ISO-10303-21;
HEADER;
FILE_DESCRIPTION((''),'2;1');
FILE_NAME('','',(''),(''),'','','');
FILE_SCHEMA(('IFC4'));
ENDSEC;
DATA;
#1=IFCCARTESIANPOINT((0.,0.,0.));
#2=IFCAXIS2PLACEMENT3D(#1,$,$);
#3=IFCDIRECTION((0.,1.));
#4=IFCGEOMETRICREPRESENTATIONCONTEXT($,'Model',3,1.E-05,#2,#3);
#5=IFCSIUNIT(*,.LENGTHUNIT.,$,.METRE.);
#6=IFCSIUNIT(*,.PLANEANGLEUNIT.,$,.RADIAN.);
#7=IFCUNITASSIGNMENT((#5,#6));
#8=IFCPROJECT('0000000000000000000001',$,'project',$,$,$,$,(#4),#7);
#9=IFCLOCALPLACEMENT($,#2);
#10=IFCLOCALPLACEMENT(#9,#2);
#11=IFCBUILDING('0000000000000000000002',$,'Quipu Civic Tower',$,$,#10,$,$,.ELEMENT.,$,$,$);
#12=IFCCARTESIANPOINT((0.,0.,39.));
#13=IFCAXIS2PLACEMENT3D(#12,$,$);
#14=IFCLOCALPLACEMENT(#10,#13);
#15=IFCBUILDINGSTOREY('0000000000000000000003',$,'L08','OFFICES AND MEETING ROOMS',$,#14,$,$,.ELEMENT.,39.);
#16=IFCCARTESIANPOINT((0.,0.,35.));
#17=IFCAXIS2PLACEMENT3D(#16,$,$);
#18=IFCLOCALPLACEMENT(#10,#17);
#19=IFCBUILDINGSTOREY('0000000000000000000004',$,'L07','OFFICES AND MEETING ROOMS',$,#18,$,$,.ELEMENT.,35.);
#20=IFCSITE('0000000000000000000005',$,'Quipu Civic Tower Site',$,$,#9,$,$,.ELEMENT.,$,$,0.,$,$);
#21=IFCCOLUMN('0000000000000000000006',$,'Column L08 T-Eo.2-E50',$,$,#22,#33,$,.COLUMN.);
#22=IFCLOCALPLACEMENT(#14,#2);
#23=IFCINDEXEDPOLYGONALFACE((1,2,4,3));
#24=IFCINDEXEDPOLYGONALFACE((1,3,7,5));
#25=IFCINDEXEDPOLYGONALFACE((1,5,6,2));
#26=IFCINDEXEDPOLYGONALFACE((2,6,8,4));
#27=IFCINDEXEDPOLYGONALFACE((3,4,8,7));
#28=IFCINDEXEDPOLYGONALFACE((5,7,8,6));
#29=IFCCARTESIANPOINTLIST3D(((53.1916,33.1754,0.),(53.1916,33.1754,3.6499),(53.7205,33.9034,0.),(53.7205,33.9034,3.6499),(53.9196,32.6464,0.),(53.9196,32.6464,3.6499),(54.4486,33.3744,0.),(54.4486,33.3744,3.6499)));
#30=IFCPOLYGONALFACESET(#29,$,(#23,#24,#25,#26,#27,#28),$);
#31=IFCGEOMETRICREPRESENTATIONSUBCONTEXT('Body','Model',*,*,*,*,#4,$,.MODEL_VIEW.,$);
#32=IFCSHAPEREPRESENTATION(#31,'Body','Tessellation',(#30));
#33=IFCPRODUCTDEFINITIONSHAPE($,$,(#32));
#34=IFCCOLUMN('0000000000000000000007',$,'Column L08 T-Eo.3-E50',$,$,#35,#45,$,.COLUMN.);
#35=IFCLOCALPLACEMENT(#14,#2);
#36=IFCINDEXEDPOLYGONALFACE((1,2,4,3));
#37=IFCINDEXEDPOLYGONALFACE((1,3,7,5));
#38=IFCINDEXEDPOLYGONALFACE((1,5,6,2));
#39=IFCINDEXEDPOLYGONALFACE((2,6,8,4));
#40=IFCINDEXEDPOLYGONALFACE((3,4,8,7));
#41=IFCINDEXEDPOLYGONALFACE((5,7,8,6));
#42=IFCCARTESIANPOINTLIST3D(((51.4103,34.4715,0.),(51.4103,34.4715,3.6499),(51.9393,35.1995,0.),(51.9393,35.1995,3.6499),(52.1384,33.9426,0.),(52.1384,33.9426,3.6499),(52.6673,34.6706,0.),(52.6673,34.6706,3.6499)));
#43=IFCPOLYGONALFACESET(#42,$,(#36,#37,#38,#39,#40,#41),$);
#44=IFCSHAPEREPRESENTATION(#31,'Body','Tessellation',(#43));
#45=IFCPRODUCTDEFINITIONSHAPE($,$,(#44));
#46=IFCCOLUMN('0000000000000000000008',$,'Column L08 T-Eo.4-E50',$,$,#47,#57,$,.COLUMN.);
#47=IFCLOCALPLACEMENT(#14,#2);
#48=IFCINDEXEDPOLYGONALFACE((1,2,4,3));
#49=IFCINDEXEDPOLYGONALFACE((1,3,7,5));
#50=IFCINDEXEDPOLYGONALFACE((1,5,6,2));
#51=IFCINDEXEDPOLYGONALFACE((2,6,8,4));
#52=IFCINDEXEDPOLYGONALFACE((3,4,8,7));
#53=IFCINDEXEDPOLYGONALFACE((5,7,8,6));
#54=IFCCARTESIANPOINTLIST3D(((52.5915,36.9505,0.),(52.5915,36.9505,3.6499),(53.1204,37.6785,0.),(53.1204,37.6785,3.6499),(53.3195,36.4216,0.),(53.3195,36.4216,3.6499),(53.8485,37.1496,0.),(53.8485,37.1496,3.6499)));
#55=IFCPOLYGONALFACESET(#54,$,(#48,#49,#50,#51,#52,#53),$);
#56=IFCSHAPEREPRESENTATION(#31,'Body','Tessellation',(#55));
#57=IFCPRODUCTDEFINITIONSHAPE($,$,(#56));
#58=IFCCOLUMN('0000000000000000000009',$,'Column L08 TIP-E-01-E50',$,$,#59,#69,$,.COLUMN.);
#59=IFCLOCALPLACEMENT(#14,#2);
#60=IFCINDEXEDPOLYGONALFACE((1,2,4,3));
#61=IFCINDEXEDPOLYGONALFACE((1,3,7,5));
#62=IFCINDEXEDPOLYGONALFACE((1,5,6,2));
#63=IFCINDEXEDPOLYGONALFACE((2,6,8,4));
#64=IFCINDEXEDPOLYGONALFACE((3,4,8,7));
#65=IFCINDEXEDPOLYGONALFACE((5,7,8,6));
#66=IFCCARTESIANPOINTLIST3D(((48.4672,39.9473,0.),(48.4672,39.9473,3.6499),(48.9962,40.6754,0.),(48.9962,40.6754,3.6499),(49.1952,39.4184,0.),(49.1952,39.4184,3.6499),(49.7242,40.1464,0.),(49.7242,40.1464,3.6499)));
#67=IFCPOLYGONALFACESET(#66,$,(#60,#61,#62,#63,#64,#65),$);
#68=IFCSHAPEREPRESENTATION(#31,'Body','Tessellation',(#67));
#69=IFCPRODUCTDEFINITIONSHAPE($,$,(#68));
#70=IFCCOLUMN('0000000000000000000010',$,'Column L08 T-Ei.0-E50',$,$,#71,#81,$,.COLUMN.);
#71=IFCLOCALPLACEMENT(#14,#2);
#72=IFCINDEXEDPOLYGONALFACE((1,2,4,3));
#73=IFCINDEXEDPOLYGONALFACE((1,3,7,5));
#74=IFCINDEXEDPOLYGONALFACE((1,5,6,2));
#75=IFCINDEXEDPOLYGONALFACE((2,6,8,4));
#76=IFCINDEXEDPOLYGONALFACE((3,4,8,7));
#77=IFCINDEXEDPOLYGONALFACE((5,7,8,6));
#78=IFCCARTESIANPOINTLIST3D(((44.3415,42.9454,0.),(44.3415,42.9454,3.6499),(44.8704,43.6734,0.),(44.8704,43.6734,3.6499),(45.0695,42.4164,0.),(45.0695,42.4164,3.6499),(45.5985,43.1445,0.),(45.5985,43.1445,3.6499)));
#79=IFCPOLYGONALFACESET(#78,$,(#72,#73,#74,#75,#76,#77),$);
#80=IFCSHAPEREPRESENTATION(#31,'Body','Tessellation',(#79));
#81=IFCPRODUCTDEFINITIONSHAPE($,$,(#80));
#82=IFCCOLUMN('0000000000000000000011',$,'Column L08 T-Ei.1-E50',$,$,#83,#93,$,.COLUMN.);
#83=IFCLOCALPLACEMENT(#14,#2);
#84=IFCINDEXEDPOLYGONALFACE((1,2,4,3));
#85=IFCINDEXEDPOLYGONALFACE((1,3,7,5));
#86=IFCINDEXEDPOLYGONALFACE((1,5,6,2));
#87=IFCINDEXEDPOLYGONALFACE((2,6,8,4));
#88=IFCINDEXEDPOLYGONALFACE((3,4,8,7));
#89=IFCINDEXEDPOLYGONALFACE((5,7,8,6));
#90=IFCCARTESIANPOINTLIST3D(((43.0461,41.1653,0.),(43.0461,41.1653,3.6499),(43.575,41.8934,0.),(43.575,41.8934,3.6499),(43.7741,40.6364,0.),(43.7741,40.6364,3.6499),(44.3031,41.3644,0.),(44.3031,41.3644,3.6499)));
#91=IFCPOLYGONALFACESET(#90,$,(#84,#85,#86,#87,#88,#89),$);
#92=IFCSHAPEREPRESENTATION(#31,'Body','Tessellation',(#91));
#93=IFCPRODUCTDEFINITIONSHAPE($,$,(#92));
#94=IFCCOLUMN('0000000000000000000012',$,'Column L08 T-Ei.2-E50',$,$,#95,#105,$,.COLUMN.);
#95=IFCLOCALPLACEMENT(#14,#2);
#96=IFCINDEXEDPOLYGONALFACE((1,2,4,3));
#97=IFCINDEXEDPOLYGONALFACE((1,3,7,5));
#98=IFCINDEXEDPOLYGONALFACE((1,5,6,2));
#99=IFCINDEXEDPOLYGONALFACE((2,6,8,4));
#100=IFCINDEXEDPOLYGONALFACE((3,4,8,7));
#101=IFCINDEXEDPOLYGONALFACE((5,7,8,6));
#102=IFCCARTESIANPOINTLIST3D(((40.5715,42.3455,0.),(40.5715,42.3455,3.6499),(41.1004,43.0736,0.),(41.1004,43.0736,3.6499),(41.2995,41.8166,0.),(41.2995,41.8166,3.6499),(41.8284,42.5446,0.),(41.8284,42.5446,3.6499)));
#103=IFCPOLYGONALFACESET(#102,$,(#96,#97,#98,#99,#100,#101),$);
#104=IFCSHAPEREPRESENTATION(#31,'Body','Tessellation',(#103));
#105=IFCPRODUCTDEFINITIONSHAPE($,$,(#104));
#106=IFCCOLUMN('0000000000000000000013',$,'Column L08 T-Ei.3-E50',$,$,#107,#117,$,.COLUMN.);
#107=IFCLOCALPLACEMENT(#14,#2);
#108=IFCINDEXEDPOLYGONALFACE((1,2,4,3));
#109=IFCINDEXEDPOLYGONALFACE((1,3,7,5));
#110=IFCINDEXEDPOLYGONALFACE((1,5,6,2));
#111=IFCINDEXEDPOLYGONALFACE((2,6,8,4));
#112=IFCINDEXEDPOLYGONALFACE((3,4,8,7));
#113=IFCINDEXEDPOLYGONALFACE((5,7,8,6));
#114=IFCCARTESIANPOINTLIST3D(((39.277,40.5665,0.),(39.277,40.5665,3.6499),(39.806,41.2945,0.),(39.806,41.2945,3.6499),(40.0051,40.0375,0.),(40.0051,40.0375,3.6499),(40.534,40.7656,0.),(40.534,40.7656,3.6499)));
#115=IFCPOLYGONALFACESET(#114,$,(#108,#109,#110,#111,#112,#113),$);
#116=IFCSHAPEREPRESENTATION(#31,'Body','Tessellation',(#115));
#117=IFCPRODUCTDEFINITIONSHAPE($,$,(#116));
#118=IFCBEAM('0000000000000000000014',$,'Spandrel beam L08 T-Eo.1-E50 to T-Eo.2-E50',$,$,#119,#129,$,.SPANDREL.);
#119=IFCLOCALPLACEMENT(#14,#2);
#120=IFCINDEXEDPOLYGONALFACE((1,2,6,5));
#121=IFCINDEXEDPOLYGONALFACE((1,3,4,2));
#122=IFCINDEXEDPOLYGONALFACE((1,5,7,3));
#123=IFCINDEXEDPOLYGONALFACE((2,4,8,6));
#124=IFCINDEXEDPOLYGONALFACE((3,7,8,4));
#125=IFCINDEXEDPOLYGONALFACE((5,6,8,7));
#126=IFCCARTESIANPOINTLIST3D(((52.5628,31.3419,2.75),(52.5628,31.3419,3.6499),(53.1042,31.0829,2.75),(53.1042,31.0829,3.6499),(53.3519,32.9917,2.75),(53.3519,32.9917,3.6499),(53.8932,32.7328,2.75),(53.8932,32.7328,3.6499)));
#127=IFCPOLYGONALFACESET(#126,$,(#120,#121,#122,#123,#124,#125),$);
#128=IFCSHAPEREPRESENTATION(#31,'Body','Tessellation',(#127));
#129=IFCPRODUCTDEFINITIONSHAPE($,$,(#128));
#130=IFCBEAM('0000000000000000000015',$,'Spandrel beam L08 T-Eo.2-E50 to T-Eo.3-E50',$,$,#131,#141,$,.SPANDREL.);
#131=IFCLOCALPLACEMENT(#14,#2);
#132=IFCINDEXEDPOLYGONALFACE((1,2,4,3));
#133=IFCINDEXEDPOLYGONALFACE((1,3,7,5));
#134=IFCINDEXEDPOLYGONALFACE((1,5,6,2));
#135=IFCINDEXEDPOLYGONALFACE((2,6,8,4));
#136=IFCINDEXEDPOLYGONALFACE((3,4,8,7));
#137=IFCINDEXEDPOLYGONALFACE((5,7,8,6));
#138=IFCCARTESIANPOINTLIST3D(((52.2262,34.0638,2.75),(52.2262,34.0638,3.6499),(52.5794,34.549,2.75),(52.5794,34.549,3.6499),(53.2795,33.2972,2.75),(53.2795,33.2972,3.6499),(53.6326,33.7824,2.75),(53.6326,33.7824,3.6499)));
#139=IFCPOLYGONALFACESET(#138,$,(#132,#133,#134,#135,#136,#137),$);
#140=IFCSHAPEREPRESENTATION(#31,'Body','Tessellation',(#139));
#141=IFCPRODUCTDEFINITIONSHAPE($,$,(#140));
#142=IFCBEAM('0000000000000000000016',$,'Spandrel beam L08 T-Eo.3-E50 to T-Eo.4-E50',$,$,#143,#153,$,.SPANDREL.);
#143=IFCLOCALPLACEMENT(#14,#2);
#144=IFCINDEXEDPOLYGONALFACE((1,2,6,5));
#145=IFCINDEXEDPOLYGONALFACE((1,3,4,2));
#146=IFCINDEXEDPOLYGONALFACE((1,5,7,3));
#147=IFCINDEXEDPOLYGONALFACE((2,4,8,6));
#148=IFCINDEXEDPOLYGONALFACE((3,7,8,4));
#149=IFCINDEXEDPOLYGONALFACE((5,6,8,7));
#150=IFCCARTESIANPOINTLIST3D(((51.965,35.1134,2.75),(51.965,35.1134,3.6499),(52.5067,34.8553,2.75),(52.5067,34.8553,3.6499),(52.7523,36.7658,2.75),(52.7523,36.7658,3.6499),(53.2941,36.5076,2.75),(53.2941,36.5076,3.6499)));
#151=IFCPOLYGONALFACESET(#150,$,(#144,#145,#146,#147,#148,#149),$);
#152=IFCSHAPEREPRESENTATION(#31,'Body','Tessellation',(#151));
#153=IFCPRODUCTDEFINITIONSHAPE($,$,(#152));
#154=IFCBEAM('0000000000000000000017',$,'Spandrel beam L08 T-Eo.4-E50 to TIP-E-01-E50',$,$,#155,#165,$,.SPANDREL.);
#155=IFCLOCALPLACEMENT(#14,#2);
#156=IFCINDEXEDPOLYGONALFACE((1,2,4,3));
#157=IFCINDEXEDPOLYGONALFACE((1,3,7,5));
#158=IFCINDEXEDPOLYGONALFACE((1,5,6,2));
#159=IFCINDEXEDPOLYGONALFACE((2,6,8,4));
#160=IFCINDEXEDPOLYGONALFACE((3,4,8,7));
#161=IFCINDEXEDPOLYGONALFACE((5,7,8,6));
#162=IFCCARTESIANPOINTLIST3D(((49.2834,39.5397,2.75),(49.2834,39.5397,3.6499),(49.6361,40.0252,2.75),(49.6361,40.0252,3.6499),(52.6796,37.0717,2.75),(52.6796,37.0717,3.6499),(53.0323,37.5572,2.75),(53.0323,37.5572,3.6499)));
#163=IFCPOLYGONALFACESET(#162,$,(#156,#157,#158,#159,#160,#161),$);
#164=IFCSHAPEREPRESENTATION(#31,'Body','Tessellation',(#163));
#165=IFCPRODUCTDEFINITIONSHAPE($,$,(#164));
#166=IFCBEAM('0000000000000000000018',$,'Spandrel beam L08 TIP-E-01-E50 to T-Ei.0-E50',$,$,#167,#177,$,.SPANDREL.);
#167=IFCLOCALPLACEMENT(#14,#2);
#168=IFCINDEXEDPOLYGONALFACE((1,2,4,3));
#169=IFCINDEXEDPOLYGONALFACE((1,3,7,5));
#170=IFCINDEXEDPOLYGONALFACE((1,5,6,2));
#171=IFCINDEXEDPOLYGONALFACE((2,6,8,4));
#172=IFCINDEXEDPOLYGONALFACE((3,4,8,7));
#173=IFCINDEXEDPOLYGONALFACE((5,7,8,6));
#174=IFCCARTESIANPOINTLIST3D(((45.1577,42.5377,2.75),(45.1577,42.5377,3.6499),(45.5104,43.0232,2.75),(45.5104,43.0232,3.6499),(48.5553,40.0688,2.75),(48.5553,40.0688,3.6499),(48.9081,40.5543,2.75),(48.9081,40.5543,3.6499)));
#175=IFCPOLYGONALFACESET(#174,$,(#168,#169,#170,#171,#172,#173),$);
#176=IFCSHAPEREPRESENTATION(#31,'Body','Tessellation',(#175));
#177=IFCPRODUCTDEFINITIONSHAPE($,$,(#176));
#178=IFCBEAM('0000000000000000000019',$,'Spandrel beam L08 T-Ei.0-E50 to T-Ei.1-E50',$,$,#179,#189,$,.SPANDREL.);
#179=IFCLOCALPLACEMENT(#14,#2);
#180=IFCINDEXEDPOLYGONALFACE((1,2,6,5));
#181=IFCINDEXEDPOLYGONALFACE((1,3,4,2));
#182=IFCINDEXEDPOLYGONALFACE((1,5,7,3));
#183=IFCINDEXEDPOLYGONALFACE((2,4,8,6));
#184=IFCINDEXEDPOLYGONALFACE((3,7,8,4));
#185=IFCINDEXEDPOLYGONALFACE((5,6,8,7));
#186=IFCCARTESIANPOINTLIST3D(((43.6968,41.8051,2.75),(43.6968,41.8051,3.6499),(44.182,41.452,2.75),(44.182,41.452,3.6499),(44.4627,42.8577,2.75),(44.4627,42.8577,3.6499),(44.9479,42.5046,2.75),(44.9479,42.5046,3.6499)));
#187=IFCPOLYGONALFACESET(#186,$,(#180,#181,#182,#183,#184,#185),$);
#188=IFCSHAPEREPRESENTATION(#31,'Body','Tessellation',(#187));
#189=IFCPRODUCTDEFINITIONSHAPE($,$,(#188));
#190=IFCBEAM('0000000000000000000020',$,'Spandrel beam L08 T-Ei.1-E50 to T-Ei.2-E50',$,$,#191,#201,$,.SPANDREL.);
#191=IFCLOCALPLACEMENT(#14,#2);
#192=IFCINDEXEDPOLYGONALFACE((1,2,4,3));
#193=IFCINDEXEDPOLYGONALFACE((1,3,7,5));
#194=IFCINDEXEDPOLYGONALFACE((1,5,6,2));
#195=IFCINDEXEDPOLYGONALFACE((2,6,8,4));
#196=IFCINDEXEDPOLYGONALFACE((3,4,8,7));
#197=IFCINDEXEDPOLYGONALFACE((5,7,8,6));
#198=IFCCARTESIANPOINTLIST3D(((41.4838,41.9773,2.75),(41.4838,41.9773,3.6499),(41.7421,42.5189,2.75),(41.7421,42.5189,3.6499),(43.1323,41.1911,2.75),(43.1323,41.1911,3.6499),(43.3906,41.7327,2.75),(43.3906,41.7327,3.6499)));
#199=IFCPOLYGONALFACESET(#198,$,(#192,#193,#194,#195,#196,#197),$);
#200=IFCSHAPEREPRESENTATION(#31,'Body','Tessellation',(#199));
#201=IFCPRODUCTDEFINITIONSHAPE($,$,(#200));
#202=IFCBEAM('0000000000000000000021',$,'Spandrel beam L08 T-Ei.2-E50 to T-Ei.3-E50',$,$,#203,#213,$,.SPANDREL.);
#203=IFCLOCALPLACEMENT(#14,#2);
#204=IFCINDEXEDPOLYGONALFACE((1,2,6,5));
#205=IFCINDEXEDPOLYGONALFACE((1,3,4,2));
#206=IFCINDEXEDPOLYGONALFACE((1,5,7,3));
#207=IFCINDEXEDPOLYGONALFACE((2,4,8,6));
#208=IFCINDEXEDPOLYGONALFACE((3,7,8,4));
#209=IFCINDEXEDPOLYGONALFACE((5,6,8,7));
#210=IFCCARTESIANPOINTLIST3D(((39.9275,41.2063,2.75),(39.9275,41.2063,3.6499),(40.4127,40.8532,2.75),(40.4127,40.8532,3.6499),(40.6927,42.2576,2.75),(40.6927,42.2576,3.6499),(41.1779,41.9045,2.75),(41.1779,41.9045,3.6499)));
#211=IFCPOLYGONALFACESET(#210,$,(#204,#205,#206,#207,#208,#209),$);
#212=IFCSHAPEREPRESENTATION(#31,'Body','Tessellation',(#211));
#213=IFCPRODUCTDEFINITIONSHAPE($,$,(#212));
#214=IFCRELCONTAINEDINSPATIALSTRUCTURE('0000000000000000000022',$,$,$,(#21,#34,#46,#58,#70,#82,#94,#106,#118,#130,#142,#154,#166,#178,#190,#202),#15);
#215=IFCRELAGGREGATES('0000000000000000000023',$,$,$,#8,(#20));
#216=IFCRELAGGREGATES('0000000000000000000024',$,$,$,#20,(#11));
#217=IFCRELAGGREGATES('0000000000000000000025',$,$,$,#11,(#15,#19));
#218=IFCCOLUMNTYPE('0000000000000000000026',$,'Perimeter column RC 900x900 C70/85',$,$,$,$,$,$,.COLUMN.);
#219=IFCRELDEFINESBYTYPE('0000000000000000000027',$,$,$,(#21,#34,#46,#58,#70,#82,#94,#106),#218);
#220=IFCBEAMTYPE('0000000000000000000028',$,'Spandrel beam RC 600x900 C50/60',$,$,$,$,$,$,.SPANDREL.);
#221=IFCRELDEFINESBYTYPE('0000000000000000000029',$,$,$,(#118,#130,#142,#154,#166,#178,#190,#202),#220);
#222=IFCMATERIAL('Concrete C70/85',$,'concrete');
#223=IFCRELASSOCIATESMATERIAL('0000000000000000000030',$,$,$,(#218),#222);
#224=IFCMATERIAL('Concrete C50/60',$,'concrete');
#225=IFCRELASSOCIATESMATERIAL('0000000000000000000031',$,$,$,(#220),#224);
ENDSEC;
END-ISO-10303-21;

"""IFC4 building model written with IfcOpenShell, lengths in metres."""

from ifc_helpers import new_model, si_unit, direction, frame, origin, origin_2d, place, context, subcontext, project, spatial, rectangle, extrude, material, material_profile, profile_set, type_object, element, save


model = new_model("IFC4")

# Units and contexts
model_context = context("Model", 3, precision=1e-05, world=origin(), true_north=direction((0.0, 1.0)))
body_context = subcontext(model_context, "Body", "Model", "MODEL_VIEW")
ifc_project = project(units=[si_unit("LENGTHUNIT", "METRE"), si_unit("PLANEANGLEUNIT", "RADIAN")], contexts=[model_context])

# Site, building, storey
site_placement = place(None, origin())
site = spatial("IfcSite", under=ifc_project, at=site_placement, Name="Quipu Civic Tower Site", CompositionType="ELEMENT", RefElevation=0.0)
building_placement = place(site_placement, origin())
building = spatial("IfcBuilding", under=site, at=building_placement, Name="Quipu Civic Tower", CompositionType="ELEMENT")
storey_1_placement = place(building_placement, frame((0.0, 0.0, 39.0)))
storey_1 = spatial("IfcBuildingStorey", under=building, at=storey_1_placement, Name="L08", Description="OFFICES AND MEETING ROOMS", CompositionType="ELEMENT", Elevation=39.0)

# Columns
ifc_material_1 = material(Name="Concrete C70/85", Category="concrete")
ifc_material_profile_1 = material_profile(ifc_material_1, rectangle(XDim=0.8999, YDim=0.8999, at=origin_2d()), Name="RC900x900")
ifc_profile_set_1 = profile_set([ifc_material_profile_1], Name="Concrete C70/85")
column_type = type_object("IfcColumnType", Name="Perimeter column RC 900x900 C70/85", PredefinedType="COLUMN", material=ifc_profile_set_1)
for number, where, z_axis, x_axis, name in (
    (1, (53.8201, 33.2749, 0.0), (0.0, 0.0, 1.0), (-0.809017, 0.587785, 0.0), "Column L08 T-Eo.2-E50"),
    (2, (52.0388, 34.571, 0.0), (0.0, 0.0, 1.0), (0.587785, 0.809017, 0.0), "Column L08 T-Eo.3-E50"),
    (3, (53.22, 37.05, 0.0), (0.0, 0.0, 1.0), (-0.809017, 0.587785, 0.0), "Column L08 T-Eo.4-E50"),
    (4, (49.0957, 40.0469, 0.0), (0.0, 0.0, 1.0), (-0.809017, 0.587785, 0.0), "Column L08 TIP-E-01-E50"),
    (5, (44.97, 43.0449, 0.0), (0.0, 0.0, 1.0), (-0.809017, 0.587785, 0.0), "Column L08 T-Ei.0-E50"),
    (6, (43.6746, 41.2649, 0.0), (0.0, 0.0, 1.0), (-0.809017, 0.587785, 0.0), "Column L08 T-Ei.1-E50"),
    (7, (41.2, 42.4451, 0.0), (0.0, 0.0, 1.0), (-0.587785, -0.809017, 0.0), "Column L08 T-Ei.2-E50"),
    (8, (39.9055, 40.666, 0.0), (0.0, 0.0, 1.0), (-0.587785, -0.809017, 0.0), "Column L08 T-Ei.3-E50"),
):
    element("IfcColumn", number, at=place(storey_1_placement, frame(where, z_axis=z_axis, x_axis=x_axis)), inside=storey_1, type_object=column_type, Name=name, PredefinedType="COLUMN", context=body_context, shape_type="SweptSolid", body=[
        extrude(rectangle(XDim=0.8999, YDim=0.8999, at=origin_2d()), origin(), (0.0, 0.0, 1.0), 3.6499),
    ])

# Beams
ifc_material_2 = material(Name="Concrete C50/60", Category="concrete")
ifc_material_profile_2 = material_profile(ifc_material_2, rectangle(XDim=0.6001, YDim=0.8999, at=origin_2d()), Name="RC600x900")
ifc_profile_set_2 = profile_set([ifc_material_profile_2], Name="Concrete C50/60")
beam_type = type_object("IfcBeamType", Name="Spandrel beam RC 600x900 C50/60", PredefinedType="SPANDREL", material=ifc_profile_set_2)
beam_1_placement = place(storey_1_placement, frame((52.8335, 31.2124, 3.2), z_axis=(0.431446, 0.902139, 0.0), x_axis=(-0.902139, 0.431446, 0.0)))
element("IfcBeam", 9, at=beam_1_placement, inside=storey_1, type_object=beam_type, Name="Spandrel beam L08 T-Eo.1-E50 to T-Eo.2-E50", PredefinedType="SPANDREL", context=body_context, shape_type="SweptSolid", body=[
    extrude(rectangle(XDim=0.6001, YDim=0.8999, at=origin_2d()), origin(), (0.0, 0.0, 1.0), 1.8289),
])
beam_2_placement = place(storey_1_placement, frame((53.4561, 33.5398, 3.2), z_axis=(-0.808509, 0.588484, 0.0), x_axis=(-0.588484, -0.808509, 0.0)))
element("IfcBeam", 10, at=beam_2_placement, inside=storey_1, type_object=beam_type, Name="Spandrel beam L08 T-Eo.2-E50 to T-Eo.3-E50", PredefinedType="SPANDREL", context=body_context, shape_type="SweptSolid", body=[
    extrude(rectangle(XDim=0.6001, YDim=0.8999, at=origin_2d()), origin(), (0.0, 0.0, 1.0), 1.3027),
])
beam_3_placement = place(storey_1_placement, frame((52.2358, 34.9844, 3.2), z_axis=(0.430167, 0.90275, 0.0), x_axis=(-0.90275, 0.430167, 0.0)))
element("IfcBeam", 11, at=beam_3_placement, inside=storey_1, type_object=beam_type, Name="Spandrel beam L08 T-Eo.3-E50 to T-Eo.4-E50", PredefinedType="SPANDREL", context=body_context, shape_type="SweptSolid", body=[
    extrude(rectangle(XDim=0.6001, YDim=0.8999, at=origin_2d()), origin(), (0.0, 0.0, 1.0), 1.8303),
])
beam_4_placement = place(storey_1_placement, frame((52.856, 37.3145, 3.2), z_axis=(-0.80896, 0.587864, 0.0), x_axis=(-0.587864, -0.80896, 0.0)))
element("IfcBeam", 12, at=beam_4_placement, inside=storey_1, type_object=beam_type, Name="Spandrel beam L08 T-Eo.4-E50 to TIP-E-01-E50", PredefinedType="SPANDREL", context=body_context, shape_type="SweptSolid", body=[
    extrude(rectangle(XDim=0.6001, YDim=0.8999, at=origin_2d()), origin(), (0.0, 0.0, 1.0), 4.1982),
])
beam_5_placement = place(storey_1_placement, frame((48.7317, 40.3115, 3.2), z_axis=(-0.80897, 0.58785, 0.0), x_axis=(-0.58785, -0.80897, 0.0)))
element("IfcBeam", 13, at=beam_5_placement, inside=storey_1, type_object=beam_type, Name="Spandrel beam L08 TIP-E-01-E50 to T-Ei.0-E50", PredefinedType="SPANDREL", context=body_context, shape_type="SweptSolid", body=[
    extrude(rectangle(XDim=0.6001, YDim=0.8999, at=origin_2d()), origin(), (0.0, 0.0, 1.0), 4.2),
])
beam_6_placement = place(storey_1_placement, frame((44.7053, 42.6812, 3.2), z_axis=(-0.588384, -0.808582, 0.0), x_axis=(0.808582, -0.588384, 0.0)))
element("IfcBeam", 14, at=beam_6_placement, inside=storey_1, type_object=beam_type, Name="Spandrel beam L08 T-Ei.0-E50 to T-Ei.1-E50", PredefinedType="SPANDREL", context=body_context, shape_type="SweptSolid", body=[
    extrude(rectangle(XDim=0.6001, YDim=0.8999, at=origin_2d()), origin(), (0.0, 0.0, 1.0), 1.3018),
])
beam_7_placement = place(storey_1_placement, frame((43.2615, 41.4619, 3.2), z_axis=(-0.902613, 0.430452, 0.0), x_axis=(-0.430452, -0.902613, 0.0)))
element("IfcBeam", 15, at=beam_7_placement, inside=storey_1, type_object=beam_type, Name="Spandrel beam L08 T-Ei.1-E50 to T-Ei.2-E50", PredefinedType="SPANDREL", context=body_context, shape_type="SweptSolid", body=[
    extrude(rectangle(XDim=0.6001, YDim=0.8999, at=origin_2d()), origin(), (0.0, 0.0, 1.0), 1.8264),
])
beam_8_placement = place(storey_1_placement, frame((40.9353, 42.0811, 3.2), z_axis=(-0.588462, -0.808525, 0.0), x_axis=(0.808525, -0.588462, 0.0)))
element("IfcBeam", 16, at=beam_8_placement, inside=storey_1, type_object=beam_type, Name="Spandrel beam L08 T-Ei.2-E50 to T-Ei.3-E50", PredefinedType="SPANDREL", context=body_context, shape_type="SweptSolid", body=[
    extrude(rectangle(XDim=0.6001, YDim=0.8999, at=origin_2d()), origin(), (0.0, 0.0, 1.0), 1.3003),
])

# Shared definitions
storey_2_placement = place(building_placement, frame((0.0, 0.0, 35.0)))
storey_2 = spatial("IfcBuildingStorey", under=building, at=storey_2_placement, Name="L07", Description="OFFICES AND MEETING ROOMS", CompositionType="ELEMENT", Elevation=35.0)

save(model, "model.ifc")
